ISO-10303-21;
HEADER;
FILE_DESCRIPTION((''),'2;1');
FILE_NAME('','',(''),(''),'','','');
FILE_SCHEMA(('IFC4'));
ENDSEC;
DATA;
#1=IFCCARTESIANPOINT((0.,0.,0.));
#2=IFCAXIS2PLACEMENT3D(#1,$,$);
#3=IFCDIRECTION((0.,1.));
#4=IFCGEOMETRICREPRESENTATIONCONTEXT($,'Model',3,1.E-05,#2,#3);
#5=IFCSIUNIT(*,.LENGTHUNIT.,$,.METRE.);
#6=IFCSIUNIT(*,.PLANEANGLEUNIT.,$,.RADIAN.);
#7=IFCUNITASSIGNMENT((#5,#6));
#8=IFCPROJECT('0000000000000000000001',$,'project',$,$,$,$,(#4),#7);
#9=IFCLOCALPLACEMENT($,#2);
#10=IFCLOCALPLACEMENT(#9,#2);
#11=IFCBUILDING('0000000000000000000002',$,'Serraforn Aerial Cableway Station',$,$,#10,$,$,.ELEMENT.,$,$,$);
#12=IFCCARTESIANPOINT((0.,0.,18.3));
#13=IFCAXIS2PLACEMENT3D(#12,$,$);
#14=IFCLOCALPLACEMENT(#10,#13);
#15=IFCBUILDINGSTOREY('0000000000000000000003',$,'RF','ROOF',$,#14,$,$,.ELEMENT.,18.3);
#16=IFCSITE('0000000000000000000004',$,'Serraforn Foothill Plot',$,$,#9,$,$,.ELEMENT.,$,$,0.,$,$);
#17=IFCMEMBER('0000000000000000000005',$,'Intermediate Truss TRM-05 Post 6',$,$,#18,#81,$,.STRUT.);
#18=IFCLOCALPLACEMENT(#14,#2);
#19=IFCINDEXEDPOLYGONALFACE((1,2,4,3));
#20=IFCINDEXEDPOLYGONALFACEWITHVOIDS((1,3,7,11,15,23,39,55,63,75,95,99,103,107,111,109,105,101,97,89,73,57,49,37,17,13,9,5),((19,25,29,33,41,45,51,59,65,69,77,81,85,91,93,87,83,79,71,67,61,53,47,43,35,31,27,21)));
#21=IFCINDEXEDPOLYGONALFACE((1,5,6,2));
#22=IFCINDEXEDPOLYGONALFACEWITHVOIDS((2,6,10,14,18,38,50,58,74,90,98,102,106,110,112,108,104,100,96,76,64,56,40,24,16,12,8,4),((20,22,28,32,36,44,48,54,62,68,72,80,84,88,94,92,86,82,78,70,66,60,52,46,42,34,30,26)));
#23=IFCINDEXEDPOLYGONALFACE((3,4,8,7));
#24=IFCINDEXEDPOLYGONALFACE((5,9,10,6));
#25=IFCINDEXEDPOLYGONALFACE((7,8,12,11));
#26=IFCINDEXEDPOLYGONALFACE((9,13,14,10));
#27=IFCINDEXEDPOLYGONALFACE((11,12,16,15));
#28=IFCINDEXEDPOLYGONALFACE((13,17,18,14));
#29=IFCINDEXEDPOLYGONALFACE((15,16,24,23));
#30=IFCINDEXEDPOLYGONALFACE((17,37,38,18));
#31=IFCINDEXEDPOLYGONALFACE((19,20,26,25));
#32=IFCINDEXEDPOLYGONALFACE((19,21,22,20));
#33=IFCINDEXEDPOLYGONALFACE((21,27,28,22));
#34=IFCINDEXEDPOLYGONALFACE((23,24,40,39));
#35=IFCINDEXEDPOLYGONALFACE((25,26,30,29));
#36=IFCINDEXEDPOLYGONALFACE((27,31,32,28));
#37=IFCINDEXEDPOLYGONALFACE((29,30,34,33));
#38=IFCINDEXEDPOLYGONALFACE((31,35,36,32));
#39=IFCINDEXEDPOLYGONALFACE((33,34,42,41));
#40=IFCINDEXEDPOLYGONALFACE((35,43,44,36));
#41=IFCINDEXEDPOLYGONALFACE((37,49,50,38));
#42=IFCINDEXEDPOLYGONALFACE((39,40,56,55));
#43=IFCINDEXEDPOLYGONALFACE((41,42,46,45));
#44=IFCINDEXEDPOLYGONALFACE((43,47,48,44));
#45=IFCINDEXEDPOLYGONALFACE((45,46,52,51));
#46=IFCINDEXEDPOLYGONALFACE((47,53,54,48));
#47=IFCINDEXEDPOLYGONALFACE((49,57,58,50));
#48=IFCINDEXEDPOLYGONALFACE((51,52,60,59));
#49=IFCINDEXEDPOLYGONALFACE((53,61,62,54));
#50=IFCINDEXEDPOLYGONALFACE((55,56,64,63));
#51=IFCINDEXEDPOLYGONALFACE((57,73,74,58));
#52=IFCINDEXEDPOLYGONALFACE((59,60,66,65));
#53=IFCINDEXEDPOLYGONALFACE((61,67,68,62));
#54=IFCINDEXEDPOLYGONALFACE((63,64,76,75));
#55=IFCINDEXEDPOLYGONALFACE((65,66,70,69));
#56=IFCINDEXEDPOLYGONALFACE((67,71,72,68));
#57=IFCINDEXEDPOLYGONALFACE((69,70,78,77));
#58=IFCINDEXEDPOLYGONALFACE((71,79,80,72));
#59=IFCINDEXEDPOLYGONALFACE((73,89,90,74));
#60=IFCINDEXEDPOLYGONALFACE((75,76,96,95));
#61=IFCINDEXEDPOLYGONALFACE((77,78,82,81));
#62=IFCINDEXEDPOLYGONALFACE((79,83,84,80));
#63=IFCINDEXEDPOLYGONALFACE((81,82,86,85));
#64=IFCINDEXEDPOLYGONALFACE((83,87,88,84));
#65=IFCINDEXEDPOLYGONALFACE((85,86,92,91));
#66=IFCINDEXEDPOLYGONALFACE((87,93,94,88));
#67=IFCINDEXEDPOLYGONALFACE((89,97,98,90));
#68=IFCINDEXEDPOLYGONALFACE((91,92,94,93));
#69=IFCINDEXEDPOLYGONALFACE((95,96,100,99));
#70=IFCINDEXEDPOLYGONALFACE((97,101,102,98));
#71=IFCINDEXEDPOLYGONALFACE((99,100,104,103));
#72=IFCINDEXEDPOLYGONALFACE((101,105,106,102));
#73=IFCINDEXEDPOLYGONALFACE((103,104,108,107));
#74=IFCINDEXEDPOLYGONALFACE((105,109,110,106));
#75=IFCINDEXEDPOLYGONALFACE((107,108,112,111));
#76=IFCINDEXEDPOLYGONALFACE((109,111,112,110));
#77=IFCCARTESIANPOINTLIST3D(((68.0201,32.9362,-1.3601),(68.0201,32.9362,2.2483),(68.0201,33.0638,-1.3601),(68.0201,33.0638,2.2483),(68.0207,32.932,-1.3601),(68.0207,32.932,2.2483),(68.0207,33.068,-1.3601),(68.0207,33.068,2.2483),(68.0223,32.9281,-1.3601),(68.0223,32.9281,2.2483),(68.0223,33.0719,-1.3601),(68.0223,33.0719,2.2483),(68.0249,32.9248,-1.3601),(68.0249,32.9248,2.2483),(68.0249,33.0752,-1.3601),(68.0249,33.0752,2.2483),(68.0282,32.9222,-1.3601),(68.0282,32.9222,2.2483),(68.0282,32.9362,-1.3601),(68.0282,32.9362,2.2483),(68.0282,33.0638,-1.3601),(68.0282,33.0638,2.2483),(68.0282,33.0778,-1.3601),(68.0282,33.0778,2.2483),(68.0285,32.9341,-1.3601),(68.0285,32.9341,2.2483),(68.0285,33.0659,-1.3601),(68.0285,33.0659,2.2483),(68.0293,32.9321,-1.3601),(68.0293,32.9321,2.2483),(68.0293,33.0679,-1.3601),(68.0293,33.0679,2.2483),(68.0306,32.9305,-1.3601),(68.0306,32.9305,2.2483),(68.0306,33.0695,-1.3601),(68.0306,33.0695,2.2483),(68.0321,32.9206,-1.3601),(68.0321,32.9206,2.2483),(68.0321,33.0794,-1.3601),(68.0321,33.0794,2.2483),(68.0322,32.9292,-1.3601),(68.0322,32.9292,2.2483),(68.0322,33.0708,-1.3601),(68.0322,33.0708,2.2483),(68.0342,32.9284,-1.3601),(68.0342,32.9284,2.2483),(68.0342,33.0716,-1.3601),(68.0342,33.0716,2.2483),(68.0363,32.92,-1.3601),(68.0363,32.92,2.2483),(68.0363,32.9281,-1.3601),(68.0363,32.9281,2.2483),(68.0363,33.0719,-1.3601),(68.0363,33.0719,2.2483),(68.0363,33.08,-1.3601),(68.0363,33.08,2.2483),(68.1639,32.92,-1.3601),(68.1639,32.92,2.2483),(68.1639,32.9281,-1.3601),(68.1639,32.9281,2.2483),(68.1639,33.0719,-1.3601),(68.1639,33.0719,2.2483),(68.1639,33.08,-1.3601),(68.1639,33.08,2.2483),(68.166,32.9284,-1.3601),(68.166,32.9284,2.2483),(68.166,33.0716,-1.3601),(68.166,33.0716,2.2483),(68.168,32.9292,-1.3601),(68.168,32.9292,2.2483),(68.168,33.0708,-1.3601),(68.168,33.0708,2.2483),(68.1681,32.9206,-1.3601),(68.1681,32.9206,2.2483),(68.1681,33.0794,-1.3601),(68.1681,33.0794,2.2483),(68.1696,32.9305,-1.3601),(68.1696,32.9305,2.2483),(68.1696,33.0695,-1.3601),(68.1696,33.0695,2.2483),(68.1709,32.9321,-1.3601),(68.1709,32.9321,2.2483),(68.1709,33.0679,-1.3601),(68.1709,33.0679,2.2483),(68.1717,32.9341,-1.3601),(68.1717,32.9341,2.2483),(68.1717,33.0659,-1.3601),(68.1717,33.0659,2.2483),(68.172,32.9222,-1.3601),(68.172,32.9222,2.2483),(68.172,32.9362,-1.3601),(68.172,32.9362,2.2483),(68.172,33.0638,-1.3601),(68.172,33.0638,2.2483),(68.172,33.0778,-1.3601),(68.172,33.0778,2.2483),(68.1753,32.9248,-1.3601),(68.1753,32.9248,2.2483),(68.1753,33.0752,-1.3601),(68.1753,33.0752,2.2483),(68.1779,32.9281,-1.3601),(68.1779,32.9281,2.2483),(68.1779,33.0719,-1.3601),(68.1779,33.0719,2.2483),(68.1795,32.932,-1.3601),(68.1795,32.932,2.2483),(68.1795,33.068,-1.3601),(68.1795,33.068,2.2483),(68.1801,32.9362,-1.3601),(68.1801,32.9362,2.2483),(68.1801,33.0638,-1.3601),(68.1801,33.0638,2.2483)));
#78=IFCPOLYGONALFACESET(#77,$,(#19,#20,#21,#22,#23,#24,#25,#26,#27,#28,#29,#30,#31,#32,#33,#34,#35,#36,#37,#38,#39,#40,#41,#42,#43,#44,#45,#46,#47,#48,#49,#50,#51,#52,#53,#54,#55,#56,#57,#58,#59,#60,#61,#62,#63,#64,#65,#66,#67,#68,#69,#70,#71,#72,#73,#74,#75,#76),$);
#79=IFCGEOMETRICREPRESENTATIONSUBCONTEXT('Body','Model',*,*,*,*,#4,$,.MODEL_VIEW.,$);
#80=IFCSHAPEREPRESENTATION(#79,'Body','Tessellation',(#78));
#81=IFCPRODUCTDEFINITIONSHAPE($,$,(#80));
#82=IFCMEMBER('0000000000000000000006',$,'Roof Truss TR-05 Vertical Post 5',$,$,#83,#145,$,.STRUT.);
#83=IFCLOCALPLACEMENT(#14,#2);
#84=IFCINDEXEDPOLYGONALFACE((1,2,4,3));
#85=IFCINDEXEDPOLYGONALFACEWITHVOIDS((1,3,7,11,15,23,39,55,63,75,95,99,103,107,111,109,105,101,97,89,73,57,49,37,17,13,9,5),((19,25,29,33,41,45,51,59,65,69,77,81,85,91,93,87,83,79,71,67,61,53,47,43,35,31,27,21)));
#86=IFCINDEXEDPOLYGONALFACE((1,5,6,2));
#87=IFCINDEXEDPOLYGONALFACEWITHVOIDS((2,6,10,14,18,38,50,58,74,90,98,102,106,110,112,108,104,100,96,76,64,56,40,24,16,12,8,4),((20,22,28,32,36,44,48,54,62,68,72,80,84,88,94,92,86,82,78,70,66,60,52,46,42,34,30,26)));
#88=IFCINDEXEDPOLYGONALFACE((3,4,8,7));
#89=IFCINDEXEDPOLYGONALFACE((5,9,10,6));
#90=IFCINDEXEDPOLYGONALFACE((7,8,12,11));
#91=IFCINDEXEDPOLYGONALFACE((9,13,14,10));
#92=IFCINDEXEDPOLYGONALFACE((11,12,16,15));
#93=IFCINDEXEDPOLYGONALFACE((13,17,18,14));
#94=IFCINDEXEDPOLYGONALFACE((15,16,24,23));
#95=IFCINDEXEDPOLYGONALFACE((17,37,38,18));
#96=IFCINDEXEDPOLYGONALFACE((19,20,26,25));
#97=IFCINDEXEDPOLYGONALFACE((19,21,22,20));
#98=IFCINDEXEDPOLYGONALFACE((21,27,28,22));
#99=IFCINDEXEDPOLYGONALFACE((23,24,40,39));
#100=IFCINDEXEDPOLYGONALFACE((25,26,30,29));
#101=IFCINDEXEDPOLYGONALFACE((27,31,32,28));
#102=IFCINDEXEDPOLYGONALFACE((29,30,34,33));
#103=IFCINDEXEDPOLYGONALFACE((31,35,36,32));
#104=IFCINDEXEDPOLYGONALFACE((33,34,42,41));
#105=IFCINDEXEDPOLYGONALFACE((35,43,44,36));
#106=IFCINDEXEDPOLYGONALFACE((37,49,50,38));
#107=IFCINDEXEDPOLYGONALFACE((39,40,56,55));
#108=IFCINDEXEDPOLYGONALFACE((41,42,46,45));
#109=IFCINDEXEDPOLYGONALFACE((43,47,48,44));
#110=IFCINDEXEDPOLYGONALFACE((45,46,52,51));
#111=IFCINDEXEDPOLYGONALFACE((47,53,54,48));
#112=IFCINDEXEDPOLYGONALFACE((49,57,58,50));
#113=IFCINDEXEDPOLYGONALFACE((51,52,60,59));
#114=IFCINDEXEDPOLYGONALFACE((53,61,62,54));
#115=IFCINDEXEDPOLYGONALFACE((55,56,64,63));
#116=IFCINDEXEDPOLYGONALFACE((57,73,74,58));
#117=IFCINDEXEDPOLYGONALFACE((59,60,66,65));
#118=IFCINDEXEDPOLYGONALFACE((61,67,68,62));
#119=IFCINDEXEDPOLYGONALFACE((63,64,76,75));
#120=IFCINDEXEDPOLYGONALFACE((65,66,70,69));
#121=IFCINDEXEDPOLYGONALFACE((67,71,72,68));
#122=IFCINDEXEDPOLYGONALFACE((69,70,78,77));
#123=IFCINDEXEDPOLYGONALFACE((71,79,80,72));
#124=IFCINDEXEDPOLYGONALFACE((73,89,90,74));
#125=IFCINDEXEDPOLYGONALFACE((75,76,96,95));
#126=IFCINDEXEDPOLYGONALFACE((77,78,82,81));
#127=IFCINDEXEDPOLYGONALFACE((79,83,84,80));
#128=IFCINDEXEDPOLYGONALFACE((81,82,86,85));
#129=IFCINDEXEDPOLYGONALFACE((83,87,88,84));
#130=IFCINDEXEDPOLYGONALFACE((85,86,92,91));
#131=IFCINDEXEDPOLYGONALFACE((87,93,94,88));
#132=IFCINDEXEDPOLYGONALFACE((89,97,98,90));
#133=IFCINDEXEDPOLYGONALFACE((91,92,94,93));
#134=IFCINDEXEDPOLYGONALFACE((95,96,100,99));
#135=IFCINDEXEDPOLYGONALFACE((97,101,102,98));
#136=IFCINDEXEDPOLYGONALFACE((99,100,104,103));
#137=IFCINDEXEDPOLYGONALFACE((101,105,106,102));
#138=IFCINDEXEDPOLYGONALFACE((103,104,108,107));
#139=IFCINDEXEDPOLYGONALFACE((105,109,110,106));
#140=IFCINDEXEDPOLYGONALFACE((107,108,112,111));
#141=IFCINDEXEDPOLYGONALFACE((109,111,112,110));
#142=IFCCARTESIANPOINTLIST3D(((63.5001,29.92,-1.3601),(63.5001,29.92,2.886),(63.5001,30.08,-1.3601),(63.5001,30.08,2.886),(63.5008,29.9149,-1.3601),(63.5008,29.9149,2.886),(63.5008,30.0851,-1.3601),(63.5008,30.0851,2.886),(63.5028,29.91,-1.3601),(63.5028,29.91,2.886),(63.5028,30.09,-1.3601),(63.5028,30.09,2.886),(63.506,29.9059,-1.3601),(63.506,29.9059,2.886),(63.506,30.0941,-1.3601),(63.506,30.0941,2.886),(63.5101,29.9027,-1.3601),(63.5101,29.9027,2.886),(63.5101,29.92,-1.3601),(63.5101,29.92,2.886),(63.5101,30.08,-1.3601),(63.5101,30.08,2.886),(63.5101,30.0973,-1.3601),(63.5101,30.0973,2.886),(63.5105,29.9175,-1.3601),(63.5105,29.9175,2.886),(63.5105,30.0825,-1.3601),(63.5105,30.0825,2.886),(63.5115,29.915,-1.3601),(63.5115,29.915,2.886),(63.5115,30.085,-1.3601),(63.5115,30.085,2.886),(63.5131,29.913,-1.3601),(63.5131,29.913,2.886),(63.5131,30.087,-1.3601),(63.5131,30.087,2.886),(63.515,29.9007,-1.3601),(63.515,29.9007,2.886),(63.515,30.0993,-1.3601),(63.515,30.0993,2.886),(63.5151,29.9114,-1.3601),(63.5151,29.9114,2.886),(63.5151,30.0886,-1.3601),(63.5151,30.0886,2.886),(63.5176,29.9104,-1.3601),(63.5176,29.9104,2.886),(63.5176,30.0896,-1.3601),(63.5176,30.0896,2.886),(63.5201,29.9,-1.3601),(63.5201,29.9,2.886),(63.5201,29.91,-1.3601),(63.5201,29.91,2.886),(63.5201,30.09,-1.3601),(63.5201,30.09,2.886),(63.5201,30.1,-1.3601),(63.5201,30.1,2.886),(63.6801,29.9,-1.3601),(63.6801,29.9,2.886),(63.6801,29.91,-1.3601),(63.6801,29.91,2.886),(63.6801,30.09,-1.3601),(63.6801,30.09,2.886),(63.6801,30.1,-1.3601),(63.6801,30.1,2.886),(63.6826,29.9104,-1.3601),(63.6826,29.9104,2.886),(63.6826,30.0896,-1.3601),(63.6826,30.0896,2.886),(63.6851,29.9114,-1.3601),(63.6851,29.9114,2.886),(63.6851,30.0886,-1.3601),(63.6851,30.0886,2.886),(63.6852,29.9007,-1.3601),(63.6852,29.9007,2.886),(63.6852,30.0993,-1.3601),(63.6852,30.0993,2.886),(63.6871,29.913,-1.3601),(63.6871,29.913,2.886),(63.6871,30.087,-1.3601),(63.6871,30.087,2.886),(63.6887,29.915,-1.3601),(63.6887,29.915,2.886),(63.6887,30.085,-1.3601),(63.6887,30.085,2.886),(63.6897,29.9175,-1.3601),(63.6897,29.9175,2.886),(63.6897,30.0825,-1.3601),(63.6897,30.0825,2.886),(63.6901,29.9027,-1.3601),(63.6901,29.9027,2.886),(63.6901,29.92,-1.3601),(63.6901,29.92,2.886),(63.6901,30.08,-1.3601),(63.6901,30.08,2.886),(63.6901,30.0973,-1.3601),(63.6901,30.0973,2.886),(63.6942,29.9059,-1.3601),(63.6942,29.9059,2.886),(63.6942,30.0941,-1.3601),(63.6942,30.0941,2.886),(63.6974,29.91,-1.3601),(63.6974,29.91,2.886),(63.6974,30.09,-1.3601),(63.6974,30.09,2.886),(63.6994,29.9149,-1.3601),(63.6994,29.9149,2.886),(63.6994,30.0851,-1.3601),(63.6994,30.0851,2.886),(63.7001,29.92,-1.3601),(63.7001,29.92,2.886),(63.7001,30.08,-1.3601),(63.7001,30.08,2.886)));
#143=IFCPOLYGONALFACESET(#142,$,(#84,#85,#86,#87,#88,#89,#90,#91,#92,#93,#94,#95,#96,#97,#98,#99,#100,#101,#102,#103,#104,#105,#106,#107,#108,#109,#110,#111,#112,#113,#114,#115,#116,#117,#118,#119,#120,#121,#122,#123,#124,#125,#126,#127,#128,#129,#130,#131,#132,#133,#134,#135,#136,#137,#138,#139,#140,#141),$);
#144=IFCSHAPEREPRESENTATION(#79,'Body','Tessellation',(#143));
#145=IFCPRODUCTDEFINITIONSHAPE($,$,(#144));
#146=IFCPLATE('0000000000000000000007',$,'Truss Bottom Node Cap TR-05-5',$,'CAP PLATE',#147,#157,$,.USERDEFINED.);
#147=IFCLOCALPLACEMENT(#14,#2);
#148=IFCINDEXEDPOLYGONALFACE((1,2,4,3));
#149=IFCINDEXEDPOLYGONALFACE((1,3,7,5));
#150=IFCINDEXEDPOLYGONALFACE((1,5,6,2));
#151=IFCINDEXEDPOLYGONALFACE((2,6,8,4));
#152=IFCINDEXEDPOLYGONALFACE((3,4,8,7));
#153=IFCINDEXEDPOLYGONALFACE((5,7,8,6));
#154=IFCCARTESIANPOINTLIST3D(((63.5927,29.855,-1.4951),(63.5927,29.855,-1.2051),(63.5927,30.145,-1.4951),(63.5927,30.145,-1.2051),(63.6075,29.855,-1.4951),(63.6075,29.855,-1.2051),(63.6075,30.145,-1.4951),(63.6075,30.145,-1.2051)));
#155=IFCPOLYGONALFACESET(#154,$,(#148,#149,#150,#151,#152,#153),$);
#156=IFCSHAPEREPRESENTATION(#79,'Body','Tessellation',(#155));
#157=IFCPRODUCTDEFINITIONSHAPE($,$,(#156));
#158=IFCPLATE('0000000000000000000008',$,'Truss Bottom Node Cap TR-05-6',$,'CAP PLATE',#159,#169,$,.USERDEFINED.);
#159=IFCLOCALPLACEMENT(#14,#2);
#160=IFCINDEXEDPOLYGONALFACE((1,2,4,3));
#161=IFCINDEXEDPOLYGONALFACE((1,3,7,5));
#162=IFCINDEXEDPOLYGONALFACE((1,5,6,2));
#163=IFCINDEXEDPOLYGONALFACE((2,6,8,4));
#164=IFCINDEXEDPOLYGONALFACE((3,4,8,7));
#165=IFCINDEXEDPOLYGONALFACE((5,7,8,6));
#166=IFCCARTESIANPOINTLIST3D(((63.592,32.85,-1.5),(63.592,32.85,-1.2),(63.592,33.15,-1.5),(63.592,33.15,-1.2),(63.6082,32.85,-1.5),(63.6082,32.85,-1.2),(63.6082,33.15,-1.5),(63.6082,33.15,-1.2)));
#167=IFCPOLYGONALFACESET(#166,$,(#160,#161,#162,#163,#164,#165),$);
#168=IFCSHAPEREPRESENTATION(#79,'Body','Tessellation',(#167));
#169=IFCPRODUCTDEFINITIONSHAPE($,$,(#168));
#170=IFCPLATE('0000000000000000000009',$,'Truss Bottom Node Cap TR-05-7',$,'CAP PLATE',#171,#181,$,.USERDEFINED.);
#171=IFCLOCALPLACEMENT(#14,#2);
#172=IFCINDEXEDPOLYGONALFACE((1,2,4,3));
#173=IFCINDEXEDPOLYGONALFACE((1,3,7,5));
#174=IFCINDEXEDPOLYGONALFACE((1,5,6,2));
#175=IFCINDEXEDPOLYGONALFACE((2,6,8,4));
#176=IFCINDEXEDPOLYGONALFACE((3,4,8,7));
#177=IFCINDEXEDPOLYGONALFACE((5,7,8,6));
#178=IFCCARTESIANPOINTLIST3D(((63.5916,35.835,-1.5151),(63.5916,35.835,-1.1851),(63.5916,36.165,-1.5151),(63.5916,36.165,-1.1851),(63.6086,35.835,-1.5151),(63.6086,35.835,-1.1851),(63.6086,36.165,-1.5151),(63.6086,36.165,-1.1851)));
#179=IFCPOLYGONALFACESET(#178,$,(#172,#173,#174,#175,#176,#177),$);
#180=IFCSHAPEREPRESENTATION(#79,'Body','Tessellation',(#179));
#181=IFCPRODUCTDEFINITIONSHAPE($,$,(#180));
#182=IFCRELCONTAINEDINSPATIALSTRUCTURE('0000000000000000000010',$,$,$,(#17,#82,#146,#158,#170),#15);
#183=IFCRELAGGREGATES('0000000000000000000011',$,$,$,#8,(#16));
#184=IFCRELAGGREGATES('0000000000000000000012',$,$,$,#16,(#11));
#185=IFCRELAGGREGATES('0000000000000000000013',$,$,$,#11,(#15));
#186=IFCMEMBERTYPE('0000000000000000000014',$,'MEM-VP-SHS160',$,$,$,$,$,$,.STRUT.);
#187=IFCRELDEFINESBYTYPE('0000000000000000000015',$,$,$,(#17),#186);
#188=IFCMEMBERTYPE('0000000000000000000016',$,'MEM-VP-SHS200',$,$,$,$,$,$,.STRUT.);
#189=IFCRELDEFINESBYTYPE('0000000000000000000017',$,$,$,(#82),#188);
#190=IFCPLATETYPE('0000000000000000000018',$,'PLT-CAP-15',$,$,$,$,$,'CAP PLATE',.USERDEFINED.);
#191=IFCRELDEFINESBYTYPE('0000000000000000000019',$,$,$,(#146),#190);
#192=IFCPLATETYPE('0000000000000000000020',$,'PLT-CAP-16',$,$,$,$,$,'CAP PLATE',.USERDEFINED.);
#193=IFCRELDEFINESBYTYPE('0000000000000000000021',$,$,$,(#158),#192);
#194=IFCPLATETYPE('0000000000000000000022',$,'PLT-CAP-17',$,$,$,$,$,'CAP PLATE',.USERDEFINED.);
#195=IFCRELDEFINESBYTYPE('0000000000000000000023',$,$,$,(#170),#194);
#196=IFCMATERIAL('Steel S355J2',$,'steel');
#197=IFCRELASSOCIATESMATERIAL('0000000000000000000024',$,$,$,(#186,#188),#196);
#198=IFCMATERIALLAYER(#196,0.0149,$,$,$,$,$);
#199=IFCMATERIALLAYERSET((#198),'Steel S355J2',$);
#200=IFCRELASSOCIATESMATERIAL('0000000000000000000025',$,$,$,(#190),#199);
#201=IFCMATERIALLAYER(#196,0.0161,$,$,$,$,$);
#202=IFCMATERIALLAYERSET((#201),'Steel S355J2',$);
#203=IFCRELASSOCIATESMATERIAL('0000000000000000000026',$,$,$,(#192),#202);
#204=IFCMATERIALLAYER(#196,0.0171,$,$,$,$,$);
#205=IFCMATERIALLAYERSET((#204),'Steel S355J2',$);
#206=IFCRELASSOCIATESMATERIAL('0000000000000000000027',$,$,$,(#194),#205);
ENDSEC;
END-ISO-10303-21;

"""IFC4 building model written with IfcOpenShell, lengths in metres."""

from ifc_helpers import new_model, si_unit, direction, frame, origin, origin_2d, place, context, subcontext, project, spatial, rectangle, hollow_rectangle, extrude, material, layer, layer_set, material_profile, profile_set, type_object, element, save


model = new_model("IFC4")

# Units and contexts
model_context = context("Model", 3, precision=1e-05, world=origin(), true_north=direction((0.0, 1.0)))
body_context = subcontext(model_context, "Body", "Model", "MODEL_VIEW")
ifc_project = project(units=[si_unit("LENGTHUNIT", "METRE"), si_unit("PLANEANGLEUNIT", "RADIAN")], contexts=[model_context])

# Site, building, storey
site_placement = place(None, origin())
site = spatial("IfcSite", under=ifc_project, at=site_placement, Name="Serraforn Foothill Plot", CompositionType="ELEMENT", RefElevation=0.0)
building_placement = place(site_placement, origin())
building = spatial("IfcBuilding", under=site, at=building_placement, Name="Serraforn Aerial Cableway Station", CompositionType="ELEMENT")
storey_placement = place(building_placement, frame((0.0, 0.0, 18.3)))
storey = spatial("IfcBuildingStorey", under=building, at=storey_placement, Name="RF", Description="ROOF", CompositionType="ELEMENT", Elevation=18.3)

# Members
ifc_material_1 = material(Name="Steel S355J2", Category="steel")
ifc_material_profile_1 = material_profile(ifc_material_1, hollow_rectangle(XDim=0.1599, YDim=0.1599, WallThickness=0.0081, InnerFilletRadius=0.0081, OuterFilletRadius=0.0161, at=origin_2d()), Name="SHS 160x160x8.0")
ifc_profile_set_1 = profile_set([ifc_material_profile_1], Name="Steel S355J2")
member_type_1 = type_object("IfcMemberType", Name="MEM-VP-SHS160", PredefinedType="STRUT", material=ifc_profile_set_1)
member_1_placement = place(storey_placement, frame((68.1001, 33.0, -1.3601), z_axis=(0.0, 0.0, 1.0), x_axis=(1.0, 0.0, 0.0)))
element("IfcMember", 1, at=member_1_placement, inside=storey, type_object=member_type_1, Name="Intermediate Truss TRM-05 Post 6", PredefinedType="STRUT", context=body_context, shape_type="SweptSolid", body=[
    extrude(hollow_rectangle(XDim=0.1599, YDim=0.1599, WallThickness=0.0081, InnerFilletRadius=0.0081, OuterFilletRadius=0.0161, at=origin_2d()), origin(), (0.0, 0.0, 1.0), 3.6084),
])
ifc_material_profile_2 = material_profile(ifc_material_1, hollow_rectangle(XDim=0.2, YDim=0.2, WallThickness=0.01, InnerFilletRadius=0.01, OuterFilletRadius=0.02, at=origin_2d()), Name="SHS 200x200x10.0")
ifc_profile_set_2 = profile_set([ifc_material_profile_2], Name="Steel S355J2")
member_type_2 = type_object("IfcMemberType", Name="MEM-VP-SHS200", PredefinedType="STRUT", material=ifc_profile_set_2)
member_2_placement = place(storey_placement, frame((63.6001, 30.0, -1.3601), z_axis=(0.0, 0.0, 1.0), x_axis=(1.0, 0.0, 0.0)))
element("IfcMember", 2, at=member_2_placement, inside=storey, type_object=member_type_2, Name="Roof Truss TR-05 Vertical Post 5", PredefinedType="STRUT", context=body_context, shape_type="SweptSolid", body=[
    extrude(hollow_rectangle(XDim=0.2, YDim=0.2, WallThickness=0.01, InnerFilletRadius=0.01, OuterFilletRadius=0.02, at=origin_2d()), origin(), (0.0, 0.0, 1.0), 4.2461),
])

# Plates
ifc_layer_1 = layer(ifc_material_1, 0.0149)
ifc_layer_set_1 = layer_set([ifc_layer_1], Name="Steel S355J2")
plate_type_1 = type_object("IfcPlateType", Name="PLT-CAP-15", ElementType="CAP PLATE", PredefinedType="USERDEFINED", material=ifc_layer_set_1)
plate_1_placement = place(storey_placement, frame((63.6001, 30.0, -1.4951), z_axis=(0.0, 0.0, 1.0), x_axis=(1.0, 0.0, 0.0)))
element("IfcPlate", 3, at=plate_1_placement, inside=storey, type_object=plate_type_1, Name="Truss Bottom Node Cap TR-05-5", ObjectType="CAP PLATE", PredefinedType="USERDEFINED", context=body_context, shape_type="SweptSolid", body=[
    extrude(rectangle(XDim=0.0149, YDim=0.29, at=origin_2d()), origin(), (0.0, 0.0, 1.0), 0.29),
])
ifc_layer_2 = layer(ifc_material_1, 0.0161)
ifc_layer_set_2 = layer_set([ifc_layer_2], Name="Steel S355J2")
plate_type_2 = type_object("IfcPlateType", Name="PLT-CAP-16", ElementType="CAP PLATE", PredefinedType="USERDEFINED", material=ifc_layer_set_2)
plate_2_placement = place(storey_placement, frame((63.6001, 33.0, -1.5), z_axis=(0.0, 0.0, 1.0), x_axis=(1.0, 0.0, 0.0)))
element("IfcPlate", 4, at=plate_2_placement, inside=storey, type_object=plate_type_2, Name="Truss Bottom Node Cap TR-05-6", ObjectType="CAP PLATE", PredefinedType="USERDEFINED", context=body_context, shape_type="SweptSolid", body=[
    extrude(rectangle(XDim=0.0161, YDim=0.3, at=origin_2d()), origin(), (0.0, 0.0, 1.0), 0.3),
])
ifc_layer_3 = layer(ifc_material_1, 0.0171)
ifc_layer_set_3 = layer_set([ifc_layer_3], Name="Steel S355J2")
plate_type_3 = type_object("IfcPlateType", Name="PLT-CAP-17", ElementType="CAP PLATE", PredefinedType="USERDEFINED", material=ifc_layer_set_3)
plate_3_placement = place(storey_placement, frame((63.6001, 36.0, -1.5151), z_axis=(0.0, 0.0, 1.0), x_axis=(1.0, 0.0, 0.0)))
element("IfcPlate", 5, at=plate_3_placement, inside=storey, type_object=plate_type_3, Name="Truss Bottom Node Cap TR-05-7", ObjectType="CAP PLATE", PredefinedType="USERDEFINED", context=body_context, shape_type="SweptSolid", body=[
    extrude(rectangle(XDim=0.0171, YDim=0.3301, at=origin_2d()), origin(), (0.0, 0.0, 1.0), 0.3301),
])

save(model, "model.ifc")
